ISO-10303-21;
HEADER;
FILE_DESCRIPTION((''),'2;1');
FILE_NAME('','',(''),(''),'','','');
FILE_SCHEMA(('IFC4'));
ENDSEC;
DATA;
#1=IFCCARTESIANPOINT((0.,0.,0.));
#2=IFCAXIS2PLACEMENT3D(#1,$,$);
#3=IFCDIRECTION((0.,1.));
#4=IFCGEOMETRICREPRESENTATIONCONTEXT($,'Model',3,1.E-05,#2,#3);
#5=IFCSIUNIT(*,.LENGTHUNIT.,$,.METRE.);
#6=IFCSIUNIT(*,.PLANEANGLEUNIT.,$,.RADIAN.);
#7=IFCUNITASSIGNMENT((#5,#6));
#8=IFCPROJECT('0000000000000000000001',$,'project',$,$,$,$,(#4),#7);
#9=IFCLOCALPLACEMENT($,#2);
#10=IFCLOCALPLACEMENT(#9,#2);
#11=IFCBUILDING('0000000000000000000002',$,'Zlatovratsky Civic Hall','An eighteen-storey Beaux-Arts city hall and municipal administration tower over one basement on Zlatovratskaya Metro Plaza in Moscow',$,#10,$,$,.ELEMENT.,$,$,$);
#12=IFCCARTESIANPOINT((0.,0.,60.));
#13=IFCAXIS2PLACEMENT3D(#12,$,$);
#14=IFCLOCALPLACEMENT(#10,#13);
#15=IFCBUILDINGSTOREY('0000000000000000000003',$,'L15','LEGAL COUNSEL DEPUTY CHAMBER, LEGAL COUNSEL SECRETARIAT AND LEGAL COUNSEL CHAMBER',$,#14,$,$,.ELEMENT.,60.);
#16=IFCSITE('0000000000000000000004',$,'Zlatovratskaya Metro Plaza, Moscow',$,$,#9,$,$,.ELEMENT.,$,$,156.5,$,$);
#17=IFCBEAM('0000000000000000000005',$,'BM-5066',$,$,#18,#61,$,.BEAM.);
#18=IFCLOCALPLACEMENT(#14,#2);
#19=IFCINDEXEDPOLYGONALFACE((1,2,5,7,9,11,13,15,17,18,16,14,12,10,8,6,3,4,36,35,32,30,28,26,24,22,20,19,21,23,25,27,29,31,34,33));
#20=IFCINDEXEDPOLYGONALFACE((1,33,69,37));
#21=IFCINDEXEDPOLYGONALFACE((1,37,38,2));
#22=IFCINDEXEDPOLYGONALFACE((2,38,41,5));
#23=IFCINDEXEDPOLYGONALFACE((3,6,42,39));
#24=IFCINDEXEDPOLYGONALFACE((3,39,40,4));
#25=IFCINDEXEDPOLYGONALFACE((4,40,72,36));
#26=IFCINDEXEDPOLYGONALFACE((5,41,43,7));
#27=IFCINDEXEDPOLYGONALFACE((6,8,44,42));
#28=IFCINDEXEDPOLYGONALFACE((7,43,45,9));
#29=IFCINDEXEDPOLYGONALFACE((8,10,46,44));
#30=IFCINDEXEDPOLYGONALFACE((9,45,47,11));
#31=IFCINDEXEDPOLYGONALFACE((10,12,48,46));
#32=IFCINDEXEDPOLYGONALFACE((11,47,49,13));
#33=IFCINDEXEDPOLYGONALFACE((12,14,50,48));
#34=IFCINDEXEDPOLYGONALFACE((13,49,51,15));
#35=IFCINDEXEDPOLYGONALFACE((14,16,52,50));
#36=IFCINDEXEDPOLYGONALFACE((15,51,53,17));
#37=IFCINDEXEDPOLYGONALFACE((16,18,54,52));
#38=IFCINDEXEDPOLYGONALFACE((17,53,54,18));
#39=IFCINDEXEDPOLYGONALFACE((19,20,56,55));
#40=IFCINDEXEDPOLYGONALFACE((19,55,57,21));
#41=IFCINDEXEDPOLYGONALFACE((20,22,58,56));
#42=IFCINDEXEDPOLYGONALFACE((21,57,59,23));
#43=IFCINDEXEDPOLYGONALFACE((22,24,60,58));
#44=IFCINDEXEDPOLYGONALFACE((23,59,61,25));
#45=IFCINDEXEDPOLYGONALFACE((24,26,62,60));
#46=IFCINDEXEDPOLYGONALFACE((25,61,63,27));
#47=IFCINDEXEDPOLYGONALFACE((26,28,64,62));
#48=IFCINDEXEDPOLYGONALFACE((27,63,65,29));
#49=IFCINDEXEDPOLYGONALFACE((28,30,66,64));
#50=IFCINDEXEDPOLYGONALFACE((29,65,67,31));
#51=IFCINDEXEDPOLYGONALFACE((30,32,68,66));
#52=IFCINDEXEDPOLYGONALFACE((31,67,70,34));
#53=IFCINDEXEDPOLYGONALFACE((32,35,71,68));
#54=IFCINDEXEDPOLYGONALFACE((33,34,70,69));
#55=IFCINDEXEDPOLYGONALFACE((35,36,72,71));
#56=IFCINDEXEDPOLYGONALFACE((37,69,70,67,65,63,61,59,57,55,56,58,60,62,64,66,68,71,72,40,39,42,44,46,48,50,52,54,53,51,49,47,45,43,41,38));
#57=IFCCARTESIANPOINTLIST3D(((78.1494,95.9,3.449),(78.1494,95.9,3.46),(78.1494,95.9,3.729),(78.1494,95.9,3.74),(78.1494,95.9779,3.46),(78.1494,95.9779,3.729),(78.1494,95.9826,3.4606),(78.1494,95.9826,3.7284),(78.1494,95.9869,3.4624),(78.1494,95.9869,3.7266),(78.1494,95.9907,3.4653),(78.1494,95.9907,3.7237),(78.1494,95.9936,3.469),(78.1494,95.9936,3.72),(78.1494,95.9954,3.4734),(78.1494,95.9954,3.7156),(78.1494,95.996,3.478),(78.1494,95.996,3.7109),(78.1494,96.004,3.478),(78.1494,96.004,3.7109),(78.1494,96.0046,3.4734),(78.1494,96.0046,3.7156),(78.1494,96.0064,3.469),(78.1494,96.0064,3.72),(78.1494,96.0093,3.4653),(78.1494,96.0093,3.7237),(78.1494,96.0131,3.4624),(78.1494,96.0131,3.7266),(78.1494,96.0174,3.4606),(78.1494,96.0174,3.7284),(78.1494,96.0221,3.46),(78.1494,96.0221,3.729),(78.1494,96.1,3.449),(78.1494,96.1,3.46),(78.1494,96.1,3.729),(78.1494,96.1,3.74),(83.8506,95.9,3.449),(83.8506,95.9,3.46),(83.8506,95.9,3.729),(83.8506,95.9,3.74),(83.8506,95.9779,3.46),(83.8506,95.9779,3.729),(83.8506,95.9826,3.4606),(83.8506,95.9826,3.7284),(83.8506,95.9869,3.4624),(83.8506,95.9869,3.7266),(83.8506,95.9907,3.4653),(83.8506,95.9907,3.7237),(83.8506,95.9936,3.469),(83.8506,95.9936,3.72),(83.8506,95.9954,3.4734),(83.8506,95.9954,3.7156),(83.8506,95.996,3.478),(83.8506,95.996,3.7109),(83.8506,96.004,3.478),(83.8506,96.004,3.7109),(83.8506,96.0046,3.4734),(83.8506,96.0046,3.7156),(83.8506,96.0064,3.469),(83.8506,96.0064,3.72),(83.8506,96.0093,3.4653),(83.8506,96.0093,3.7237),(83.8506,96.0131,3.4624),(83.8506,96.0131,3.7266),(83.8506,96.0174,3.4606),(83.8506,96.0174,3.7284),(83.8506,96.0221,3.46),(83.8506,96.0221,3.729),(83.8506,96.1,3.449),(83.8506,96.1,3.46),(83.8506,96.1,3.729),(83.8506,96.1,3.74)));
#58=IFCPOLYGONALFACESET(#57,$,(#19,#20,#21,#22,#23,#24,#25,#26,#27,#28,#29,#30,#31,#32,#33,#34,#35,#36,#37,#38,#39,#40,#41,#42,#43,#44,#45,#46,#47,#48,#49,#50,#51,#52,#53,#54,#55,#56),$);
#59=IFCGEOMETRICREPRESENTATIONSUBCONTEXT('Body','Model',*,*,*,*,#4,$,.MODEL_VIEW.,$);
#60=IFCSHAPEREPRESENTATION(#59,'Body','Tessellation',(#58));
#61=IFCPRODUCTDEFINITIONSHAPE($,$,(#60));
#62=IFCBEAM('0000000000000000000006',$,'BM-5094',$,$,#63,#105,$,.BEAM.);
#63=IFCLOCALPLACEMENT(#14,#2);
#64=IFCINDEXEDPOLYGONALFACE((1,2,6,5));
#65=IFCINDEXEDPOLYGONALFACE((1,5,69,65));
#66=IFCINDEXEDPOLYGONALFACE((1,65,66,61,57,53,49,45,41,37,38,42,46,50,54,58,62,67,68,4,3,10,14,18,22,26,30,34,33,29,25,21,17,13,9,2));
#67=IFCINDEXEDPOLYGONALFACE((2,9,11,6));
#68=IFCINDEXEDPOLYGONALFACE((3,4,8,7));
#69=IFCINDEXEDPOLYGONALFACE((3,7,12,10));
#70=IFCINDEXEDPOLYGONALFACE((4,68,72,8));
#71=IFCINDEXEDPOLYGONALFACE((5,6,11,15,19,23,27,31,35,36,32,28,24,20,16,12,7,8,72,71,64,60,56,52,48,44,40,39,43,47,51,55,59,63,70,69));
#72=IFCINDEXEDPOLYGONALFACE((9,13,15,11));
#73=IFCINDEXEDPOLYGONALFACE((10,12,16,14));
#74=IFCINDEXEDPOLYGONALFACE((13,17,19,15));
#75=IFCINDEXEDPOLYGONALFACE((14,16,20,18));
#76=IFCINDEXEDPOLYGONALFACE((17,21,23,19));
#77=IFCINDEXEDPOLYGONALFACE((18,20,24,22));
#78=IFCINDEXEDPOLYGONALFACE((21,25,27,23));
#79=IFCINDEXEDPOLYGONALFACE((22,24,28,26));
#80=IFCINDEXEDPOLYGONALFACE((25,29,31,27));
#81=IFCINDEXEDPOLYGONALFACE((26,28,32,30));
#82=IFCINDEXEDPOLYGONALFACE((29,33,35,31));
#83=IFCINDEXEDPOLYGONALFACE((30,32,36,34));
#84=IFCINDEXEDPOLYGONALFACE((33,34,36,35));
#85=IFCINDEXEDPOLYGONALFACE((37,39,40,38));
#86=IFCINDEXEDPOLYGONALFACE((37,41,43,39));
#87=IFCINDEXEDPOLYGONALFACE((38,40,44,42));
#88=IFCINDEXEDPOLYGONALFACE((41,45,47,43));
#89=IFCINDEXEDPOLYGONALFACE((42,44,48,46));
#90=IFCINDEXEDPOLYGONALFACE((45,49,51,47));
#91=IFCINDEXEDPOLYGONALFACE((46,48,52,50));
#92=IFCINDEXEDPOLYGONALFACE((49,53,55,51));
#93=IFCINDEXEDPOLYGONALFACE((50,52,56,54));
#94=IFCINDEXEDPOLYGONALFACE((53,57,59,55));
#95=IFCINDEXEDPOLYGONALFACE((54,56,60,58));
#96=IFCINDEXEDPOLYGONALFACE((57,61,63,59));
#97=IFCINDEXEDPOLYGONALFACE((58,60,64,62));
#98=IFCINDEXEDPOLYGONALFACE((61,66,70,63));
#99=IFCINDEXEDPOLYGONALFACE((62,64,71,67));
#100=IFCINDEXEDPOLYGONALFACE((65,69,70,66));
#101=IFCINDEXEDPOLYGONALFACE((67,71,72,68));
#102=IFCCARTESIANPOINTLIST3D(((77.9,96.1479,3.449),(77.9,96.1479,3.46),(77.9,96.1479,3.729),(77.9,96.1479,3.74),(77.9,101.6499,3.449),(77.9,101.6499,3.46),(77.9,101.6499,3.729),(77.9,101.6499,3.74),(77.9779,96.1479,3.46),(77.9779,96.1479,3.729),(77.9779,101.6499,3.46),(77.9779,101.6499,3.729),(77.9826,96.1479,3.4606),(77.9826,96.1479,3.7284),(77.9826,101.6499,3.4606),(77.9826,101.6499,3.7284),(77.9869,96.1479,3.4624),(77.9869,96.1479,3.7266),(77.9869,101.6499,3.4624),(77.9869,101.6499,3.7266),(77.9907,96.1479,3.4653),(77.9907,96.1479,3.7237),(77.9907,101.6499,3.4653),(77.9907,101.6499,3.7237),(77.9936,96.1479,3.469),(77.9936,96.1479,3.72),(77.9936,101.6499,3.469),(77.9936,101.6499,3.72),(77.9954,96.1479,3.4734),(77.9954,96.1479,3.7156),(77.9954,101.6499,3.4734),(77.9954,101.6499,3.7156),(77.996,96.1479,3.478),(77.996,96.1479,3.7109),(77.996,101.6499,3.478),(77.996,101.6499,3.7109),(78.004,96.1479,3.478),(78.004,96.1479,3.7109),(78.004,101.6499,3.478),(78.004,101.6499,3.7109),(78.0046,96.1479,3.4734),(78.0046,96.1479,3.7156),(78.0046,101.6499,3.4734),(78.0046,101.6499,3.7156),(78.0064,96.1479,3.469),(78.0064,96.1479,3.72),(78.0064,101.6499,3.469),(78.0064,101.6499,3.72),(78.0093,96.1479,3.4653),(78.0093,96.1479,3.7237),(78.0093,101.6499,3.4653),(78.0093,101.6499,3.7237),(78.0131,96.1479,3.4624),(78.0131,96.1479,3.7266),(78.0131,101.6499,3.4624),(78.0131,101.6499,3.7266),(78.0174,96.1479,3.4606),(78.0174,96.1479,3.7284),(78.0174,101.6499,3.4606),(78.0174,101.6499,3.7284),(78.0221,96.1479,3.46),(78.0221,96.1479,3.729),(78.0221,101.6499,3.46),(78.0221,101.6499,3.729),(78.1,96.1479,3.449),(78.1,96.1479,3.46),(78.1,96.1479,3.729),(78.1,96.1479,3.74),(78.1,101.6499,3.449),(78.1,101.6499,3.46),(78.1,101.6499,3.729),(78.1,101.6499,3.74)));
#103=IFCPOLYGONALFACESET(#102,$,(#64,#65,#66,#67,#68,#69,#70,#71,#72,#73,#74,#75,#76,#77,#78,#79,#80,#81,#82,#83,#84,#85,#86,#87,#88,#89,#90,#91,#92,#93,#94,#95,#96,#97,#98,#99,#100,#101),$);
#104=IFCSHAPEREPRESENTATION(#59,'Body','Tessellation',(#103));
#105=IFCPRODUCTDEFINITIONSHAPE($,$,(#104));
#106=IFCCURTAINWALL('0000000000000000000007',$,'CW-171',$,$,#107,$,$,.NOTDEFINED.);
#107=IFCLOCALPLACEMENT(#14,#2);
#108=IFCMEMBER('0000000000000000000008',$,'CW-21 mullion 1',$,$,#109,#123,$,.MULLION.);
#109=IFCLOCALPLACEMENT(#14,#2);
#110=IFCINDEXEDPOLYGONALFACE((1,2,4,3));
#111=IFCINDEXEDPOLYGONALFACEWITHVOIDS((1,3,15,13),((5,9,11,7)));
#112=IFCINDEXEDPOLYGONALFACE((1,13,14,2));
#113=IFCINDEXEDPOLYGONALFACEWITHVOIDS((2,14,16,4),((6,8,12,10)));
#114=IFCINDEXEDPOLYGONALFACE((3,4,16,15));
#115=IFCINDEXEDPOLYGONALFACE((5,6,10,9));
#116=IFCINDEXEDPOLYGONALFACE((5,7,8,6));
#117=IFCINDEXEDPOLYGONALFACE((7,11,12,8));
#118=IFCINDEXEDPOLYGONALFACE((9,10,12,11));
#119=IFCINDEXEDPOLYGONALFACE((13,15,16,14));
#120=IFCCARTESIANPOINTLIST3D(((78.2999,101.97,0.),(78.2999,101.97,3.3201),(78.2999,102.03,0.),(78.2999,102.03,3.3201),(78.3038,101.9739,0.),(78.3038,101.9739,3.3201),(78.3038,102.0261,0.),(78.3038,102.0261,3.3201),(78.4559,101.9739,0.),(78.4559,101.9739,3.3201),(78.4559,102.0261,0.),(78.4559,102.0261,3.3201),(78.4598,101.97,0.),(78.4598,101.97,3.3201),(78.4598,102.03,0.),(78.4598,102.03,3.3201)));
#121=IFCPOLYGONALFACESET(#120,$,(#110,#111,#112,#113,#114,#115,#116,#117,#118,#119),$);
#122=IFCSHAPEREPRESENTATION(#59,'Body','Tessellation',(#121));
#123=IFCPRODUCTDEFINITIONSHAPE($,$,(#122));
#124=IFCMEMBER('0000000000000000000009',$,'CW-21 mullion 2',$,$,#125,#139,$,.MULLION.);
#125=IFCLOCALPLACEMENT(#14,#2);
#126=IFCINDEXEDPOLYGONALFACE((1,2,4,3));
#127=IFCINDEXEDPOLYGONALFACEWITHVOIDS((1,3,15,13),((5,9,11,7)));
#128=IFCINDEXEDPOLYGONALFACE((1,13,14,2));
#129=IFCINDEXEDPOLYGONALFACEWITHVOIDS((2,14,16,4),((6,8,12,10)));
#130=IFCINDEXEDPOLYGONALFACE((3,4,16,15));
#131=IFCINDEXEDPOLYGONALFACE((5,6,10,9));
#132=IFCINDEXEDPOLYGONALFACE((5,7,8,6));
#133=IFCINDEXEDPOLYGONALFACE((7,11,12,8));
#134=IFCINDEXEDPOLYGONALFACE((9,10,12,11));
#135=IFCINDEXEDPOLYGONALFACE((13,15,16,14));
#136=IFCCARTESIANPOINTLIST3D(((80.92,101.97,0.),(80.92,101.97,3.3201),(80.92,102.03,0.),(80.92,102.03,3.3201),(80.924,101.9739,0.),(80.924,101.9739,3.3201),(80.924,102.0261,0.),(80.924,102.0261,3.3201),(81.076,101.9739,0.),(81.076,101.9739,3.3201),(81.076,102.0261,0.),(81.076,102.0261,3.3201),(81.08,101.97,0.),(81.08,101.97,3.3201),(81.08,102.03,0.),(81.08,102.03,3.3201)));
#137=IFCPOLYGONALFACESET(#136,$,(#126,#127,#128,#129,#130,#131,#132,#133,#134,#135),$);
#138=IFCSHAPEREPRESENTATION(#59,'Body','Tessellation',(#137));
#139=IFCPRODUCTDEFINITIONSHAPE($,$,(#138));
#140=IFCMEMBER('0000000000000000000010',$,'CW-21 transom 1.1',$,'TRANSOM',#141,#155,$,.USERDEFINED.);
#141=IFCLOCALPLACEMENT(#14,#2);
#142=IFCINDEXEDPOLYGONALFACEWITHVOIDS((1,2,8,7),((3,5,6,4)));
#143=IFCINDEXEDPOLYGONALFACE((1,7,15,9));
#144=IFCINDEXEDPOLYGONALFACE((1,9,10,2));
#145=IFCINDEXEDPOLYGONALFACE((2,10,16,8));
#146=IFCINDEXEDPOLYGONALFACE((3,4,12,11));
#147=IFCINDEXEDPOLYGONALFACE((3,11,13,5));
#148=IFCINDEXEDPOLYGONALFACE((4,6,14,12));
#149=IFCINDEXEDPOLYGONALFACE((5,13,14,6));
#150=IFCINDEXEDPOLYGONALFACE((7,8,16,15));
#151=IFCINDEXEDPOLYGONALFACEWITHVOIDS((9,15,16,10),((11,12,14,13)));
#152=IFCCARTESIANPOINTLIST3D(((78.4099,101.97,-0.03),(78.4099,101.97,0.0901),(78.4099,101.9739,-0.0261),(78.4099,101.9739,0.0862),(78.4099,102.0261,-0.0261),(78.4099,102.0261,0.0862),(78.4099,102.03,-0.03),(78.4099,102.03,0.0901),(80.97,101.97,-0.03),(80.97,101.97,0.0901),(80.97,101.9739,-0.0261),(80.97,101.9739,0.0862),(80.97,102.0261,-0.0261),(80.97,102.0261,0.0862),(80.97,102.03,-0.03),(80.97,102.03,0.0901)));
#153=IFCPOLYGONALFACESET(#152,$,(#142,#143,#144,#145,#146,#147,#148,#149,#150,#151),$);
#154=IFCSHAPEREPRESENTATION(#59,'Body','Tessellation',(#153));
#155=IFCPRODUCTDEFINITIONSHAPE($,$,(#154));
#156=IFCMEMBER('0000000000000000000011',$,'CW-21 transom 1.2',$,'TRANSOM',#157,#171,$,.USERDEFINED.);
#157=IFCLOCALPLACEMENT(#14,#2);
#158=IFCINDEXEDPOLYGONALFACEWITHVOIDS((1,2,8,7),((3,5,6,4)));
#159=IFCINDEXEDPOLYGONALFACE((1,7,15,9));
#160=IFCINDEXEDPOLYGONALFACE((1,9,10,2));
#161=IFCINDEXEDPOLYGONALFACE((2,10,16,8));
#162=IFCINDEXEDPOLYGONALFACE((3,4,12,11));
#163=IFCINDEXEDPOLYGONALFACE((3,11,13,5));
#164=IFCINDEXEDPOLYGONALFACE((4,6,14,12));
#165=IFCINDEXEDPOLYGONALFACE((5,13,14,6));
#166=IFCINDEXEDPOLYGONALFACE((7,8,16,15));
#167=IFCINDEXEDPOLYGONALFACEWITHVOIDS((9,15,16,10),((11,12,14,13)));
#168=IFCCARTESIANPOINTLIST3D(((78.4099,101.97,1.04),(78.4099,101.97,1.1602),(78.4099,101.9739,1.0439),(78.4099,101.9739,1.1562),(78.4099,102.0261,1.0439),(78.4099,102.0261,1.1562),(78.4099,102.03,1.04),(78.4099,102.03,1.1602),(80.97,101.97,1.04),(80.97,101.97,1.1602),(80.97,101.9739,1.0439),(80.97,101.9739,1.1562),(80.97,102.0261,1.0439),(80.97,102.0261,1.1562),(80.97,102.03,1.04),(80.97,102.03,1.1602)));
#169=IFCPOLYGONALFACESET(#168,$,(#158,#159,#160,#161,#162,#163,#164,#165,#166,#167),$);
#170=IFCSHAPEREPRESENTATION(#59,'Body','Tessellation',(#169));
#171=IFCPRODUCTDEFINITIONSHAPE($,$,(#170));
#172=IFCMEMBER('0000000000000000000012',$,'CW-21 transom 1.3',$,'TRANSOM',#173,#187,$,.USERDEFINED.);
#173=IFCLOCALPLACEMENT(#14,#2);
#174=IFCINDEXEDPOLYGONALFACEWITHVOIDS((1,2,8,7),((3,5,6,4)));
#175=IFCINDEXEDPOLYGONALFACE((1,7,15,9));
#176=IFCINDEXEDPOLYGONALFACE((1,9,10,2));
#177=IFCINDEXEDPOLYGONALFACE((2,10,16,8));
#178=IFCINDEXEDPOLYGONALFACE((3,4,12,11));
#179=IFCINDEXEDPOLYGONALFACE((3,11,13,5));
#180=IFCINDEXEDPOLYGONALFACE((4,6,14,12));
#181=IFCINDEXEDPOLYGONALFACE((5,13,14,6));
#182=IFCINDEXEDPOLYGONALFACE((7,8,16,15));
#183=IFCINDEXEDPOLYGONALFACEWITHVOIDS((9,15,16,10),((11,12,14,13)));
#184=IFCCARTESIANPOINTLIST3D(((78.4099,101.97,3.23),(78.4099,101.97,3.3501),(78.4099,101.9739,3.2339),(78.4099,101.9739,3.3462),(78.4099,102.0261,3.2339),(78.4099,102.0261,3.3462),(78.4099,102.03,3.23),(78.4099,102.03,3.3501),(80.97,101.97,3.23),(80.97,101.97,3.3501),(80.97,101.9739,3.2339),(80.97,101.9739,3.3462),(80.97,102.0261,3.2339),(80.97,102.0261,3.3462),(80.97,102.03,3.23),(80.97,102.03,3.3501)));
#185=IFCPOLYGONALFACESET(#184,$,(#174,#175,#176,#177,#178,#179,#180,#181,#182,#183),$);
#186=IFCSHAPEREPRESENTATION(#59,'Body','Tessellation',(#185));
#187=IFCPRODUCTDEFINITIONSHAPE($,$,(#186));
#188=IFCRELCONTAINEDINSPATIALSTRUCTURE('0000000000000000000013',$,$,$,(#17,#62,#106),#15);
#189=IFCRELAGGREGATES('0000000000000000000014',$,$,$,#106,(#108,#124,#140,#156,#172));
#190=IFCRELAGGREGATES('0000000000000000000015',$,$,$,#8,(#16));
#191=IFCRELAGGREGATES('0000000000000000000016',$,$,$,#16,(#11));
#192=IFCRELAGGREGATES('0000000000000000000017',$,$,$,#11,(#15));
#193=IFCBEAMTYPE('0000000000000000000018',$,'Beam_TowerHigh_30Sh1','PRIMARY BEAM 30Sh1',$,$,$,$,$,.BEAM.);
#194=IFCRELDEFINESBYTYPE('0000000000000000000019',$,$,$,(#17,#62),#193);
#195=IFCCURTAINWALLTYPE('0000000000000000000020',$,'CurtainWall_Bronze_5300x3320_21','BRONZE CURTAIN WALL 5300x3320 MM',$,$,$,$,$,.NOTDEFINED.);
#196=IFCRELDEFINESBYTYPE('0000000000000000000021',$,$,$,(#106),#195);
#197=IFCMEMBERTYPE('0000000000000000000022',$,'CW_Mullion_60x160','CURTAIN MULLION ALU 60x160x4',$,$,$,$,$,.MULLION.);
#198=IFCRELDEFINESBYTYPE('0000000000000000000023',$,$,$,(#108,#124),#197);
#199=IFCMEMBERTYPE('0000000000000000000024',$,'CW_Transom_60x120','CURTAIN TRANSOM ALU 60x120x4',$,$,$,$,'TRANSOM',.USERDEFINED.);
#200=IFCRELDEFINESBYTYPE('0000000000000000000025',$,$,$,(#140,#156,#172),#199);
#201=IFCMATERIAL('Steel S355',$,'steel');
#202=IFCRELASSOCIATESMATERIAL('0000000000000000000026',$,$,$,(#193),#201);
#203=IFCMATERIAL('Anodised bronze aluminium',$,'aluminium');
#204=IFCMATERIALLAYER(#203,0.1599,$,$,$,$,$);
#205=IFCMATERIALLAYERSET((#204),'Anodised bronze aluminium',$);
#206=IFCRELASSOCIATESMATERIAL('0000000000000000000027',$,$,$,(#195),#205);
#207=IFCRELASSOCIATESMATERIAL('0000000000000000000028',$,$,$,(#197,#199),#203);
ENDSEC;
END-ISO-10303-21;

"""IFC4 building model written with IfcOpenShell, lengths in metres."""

from ifc_helpers import new_model, si_unit, direction, frame, origin, origin_2d, place, context, subcontext, project, spatial, hollow_rectangle, i_section, extrude, material, layer, layer_set, material_profile, profile_set, type_object, element, aggregate, save


model = new_model("IFC4")

# Units and contexts
model_context = context("Model", 3, precision=1e-05, world=origin(), true_north=direction((0.0, 1.0)))
body_context = subcontext(model_context, "Body", "Model", "MODEL_VIEW")
ifc_project = project(units=[si_unit("LENGTHUNIT", "METRE"), si_unit("PLANEANGLEUNIT", "RADIAN")], contexts=[model_context])

# Site, building, storey
site_placement = place(None, origin())
site = spatial("IfcSite", under=ifc_project, at=site_placement, Name="Zlatovratskaya Metro Plaza, Moscow", CompositionType="ELEMENT", RefElevation=156.5)
building_placement = place(site_placement, origin())
building = spatial("IfcBuilding", under=site, at=building_placement, Name="Zlatovratsky Civic Hall", Description="An eighteen-storey Beaux-Arts city hall and municipal administration tower over one basement on Zlatovratskaya Metro Plaza in Moscow", CompositionType="ELEMENT")
storey_placement = place(building_placement, frame((0.0, 0.0, 60.0)))
storey = spatial("IfcBuildingStorey", under=building, at=storey_placement, Name="L15", Description="LEGAL COUNSEL DEPUTY CHAMBER, LEGAL COUNSEL SECRETARIAT AND LEGAL COUNSEL CHAMBER", CompositionType="ELEMENT", Elevation=60.0)

# Shared definitions
ifc_material_1 = material(Name="Steel S355", Category="steel")

# Beams
ifc_material_profile_1 = material_profile(ifc_material_1, i_section(OverallWidth=0.2, OverallDepth=0.291, WebThickness=0.0081, FlangeThickness=0.011, FilletRadius=0.0181, at=origin_2d()), Name="30Sh1")
ifc_profile_set_1 = profile_set([ifc_material_profile_1], Name="Steel S355")
beam_type_1 = type_object("IfcBeamType", Name="Beam_TowerHigh_30Sh1", Description="PRIMARY BEAM 30Sh1", PredefinedType="BEAM", material=ifc_profile_set_1)
beam_1_placement = place(storey_placement, frame((78.1494, 96.0, 3.5945), z_axis=(1.0, 0.0, 0.0), x_axis=(0.0, 1.0, 0.0)))
element("IfcBeam", 1, at=beam_1_placement, inside=storey, type_object=beam_type_1, Name="BM-5066", PredefinedType="BEAM", context=body_context, shape_type="SweptSolid", body=[
    extrude(i_section(OverallWidth=0.2, OverallDepth=0.291, WebThickness=0.0081, FlangeThickness=0.011, FilletRadius=0.0181, at=origin_2d()), origin(), (0.0, 0.0, 1.0), 5.7012),
])
beam_2_placement = place(storey_placement, frame((78.0, 96.1479, 3.5945), z_axis=(0.0, 1.0, 0.0), x_axis=(-1.0, 0.0, 0.0)))
element("IfcBeam", 2, at=beam_2_placement, inside=storey, type_object=beam_type_1, Name="BM-5094", PredefinedType="BEAM", context=body_context, shape_type="SweptSolid", body=[
    extrude(i_section(OverallWidth=0.2, OverallDepth=0.291, WebThickness=0.0081, FlangeThickness=0.011, FilletRadius=0.0181, at=origin_2d()), origin(), (0.0, 0.0, 1.0), 5.502),
])

# Curtain wall, members
ifc_material_2 = material(Name="Anodised bronze aluminium", Category="aluminium")
ifc_layer_1 = layer(ifc_material_2, 0.1599)
ifc_layer_set_1 = layer_set([ifc_layer_1], Name="Anodised bronze aluminium")
curtain_wall_type = type_object("IfcCurtainWallType", Name="CurtainWall_Bronze_5300x3320_21", Description="BRONZE CURTAIN WALL 5300x3320 MM", PredefinedType="NOTDEFINED", material=ifc_layer_set_1)
curtain_wall_placement = place(storey_placement, origin())
curtain_wall = element("IfcCurtainWall", 3, at=curtain_wall_placement, inside=storey, type_object=curtain_wall_type, Name="CW-171", PredefinedType="NOTDEFINED")
ifc_material_profile_2 = material_profile(ifc_material_2, hollow_rectangle(XDim=0.0601, YDim=0.1599, WallThickness=0.0039, at=origin_2d()), Name="ALU 60x160x4")
ifc_profile_set_2 = profile_set([ifc_material_profile_2], Name="Anodised bronze aluminium")
member_type_1 = type_object("IfcMemberType", Name="CW_Mullion_60x160", Description="CURTAIN MULLION ALU 60x160x4", PredefinedType="MULLION", material=ifc_profile_set_2)
member_1_placement = place(storey_placement, frame((78.3799, 102.0, 0.0), z_axis=(0.0, 0.0, 1.0), x_axis=(0.0, 1.0, 0.0)))
member_1 = element("IfcMember", 4, at=member_1_placement, type_object=member_type_1, Name="CW-21 mullion 1", PredefinedType="MULLION", context=body_context, shape_type="SweptSolid", body=[
    extrude(hollow_rectangle(XDim=0.0601, YDim=0.1599, WallThickness=0.0039, at=origin_2d()), origin(), (0.0, 0.0, 1.0), 3.3201),
])
member_2_placement = place(storey_placement, frame((81.0, 102.0, 0.0), z_axis=(0.0, 0.0, 1.0), x_axis=(0.0, 1.0, 0.0)))
member_2 = element("IfcMember", 5, at=member_2_placement, type_object=member_type_1, Name="CW-21 mullion 2", PredefinedType="MULLION", context=body_context, shape_type="SweptSolid", body=[
    extrude(hollow_rectangle(XDim=0.0601, YDim=0.1599, WallThickness=0.0039, at=origin_2d()), origin(), (0.0, 0.0, 1.0), 3.3201),
])
ifc_material_profile_3 = material_profile(ifc_material_2, hollow_rectangle(XDim=0.0601, YDim=0.1201, WallThickness=0.0039, at=origin_2d()), Name="ALU 60x120x4")
ifc_profile_set_3 = profile_set([ifc_material_profile_3], Name="Anodised bronze aluminium")
member_type_2 = type_object("IfcMemberType", Name="CW_Transom_60x120", Description="CURTAIN TRANSOM ALU 60x120x4", ElementType="TRANSOM", PredefinedType="USERDEFINED", material=ifc_profile_set_3)
member_3_placement = place(storey_placement, frame((78.4099, 102.0, 0.03), z_axis=(1.0, 0.0, 0.0), x_axis=(0.0, 1.0, 0.0)))
member_3 = element("IfcMember", 6, at=member_3_placement, type_object=member_type_2, Name="CW-21 transom 1.1", ObjectType="TRANSOM", PredefinedType="USERDEFINED", context=body_context, shape_type="SweptSolid", body=[
    extrude(hollow_rectangle(XDim=0.0601, YDim=0.1201, WallThickness=0.0039, at=origin_2d()), origin(), (0.0, 0.0, 1.0), 2.5601),
])
member_4_placement = place(storey_placement, frame((78.4099, 102.0, 1.1001), z_axis=(1.0, 0.0, 0.0), x_axis=(0.0, 1.0, 0.0)))
member_4 = element("IfcMember", 7, at=member_4_placement, type_object=member_type_2, Name="CW-21 transom 1.2", ObjectType="TRANSOM", PredefinedType="USERDEFINED", context=body_context, shape_type="SweptSolid", body=[
    extrude(hollow_rectangle(XDim=0.0601, YDim=0.1201, WallThickness=0.0039, at=origin_2d()), origin(), (0.0, 0.0, 1.0), 2.5601),
])
member_5_placement = place(storey_placement, frame((78.4099, 102.0, 3.29), z_axis=(1.0, 0.0, 0.0), x_axis=(0.0, 1.0, 0.0)))
member_5 = element("IfcMember", 8, at=member_5_placement, type_object=member_type_2, Name="CW-21 transom 1.3", ObjectType="TRANSOM", PredefinedType="USERDEFINED", context=body_context, shape_type="SweptSolid", body=[
    extrude(hollow_rectangle(XDim=0.0601, YDim=0.1201, WallThickness=0.0039, at=origin_2d()), origin(), (0.0, 0.0, 1.0), 2.5601),
])
aggregate(curtain_wall, [member_1, member_2, member_3, member_4, member_5])

save(model, "model.ifc")
